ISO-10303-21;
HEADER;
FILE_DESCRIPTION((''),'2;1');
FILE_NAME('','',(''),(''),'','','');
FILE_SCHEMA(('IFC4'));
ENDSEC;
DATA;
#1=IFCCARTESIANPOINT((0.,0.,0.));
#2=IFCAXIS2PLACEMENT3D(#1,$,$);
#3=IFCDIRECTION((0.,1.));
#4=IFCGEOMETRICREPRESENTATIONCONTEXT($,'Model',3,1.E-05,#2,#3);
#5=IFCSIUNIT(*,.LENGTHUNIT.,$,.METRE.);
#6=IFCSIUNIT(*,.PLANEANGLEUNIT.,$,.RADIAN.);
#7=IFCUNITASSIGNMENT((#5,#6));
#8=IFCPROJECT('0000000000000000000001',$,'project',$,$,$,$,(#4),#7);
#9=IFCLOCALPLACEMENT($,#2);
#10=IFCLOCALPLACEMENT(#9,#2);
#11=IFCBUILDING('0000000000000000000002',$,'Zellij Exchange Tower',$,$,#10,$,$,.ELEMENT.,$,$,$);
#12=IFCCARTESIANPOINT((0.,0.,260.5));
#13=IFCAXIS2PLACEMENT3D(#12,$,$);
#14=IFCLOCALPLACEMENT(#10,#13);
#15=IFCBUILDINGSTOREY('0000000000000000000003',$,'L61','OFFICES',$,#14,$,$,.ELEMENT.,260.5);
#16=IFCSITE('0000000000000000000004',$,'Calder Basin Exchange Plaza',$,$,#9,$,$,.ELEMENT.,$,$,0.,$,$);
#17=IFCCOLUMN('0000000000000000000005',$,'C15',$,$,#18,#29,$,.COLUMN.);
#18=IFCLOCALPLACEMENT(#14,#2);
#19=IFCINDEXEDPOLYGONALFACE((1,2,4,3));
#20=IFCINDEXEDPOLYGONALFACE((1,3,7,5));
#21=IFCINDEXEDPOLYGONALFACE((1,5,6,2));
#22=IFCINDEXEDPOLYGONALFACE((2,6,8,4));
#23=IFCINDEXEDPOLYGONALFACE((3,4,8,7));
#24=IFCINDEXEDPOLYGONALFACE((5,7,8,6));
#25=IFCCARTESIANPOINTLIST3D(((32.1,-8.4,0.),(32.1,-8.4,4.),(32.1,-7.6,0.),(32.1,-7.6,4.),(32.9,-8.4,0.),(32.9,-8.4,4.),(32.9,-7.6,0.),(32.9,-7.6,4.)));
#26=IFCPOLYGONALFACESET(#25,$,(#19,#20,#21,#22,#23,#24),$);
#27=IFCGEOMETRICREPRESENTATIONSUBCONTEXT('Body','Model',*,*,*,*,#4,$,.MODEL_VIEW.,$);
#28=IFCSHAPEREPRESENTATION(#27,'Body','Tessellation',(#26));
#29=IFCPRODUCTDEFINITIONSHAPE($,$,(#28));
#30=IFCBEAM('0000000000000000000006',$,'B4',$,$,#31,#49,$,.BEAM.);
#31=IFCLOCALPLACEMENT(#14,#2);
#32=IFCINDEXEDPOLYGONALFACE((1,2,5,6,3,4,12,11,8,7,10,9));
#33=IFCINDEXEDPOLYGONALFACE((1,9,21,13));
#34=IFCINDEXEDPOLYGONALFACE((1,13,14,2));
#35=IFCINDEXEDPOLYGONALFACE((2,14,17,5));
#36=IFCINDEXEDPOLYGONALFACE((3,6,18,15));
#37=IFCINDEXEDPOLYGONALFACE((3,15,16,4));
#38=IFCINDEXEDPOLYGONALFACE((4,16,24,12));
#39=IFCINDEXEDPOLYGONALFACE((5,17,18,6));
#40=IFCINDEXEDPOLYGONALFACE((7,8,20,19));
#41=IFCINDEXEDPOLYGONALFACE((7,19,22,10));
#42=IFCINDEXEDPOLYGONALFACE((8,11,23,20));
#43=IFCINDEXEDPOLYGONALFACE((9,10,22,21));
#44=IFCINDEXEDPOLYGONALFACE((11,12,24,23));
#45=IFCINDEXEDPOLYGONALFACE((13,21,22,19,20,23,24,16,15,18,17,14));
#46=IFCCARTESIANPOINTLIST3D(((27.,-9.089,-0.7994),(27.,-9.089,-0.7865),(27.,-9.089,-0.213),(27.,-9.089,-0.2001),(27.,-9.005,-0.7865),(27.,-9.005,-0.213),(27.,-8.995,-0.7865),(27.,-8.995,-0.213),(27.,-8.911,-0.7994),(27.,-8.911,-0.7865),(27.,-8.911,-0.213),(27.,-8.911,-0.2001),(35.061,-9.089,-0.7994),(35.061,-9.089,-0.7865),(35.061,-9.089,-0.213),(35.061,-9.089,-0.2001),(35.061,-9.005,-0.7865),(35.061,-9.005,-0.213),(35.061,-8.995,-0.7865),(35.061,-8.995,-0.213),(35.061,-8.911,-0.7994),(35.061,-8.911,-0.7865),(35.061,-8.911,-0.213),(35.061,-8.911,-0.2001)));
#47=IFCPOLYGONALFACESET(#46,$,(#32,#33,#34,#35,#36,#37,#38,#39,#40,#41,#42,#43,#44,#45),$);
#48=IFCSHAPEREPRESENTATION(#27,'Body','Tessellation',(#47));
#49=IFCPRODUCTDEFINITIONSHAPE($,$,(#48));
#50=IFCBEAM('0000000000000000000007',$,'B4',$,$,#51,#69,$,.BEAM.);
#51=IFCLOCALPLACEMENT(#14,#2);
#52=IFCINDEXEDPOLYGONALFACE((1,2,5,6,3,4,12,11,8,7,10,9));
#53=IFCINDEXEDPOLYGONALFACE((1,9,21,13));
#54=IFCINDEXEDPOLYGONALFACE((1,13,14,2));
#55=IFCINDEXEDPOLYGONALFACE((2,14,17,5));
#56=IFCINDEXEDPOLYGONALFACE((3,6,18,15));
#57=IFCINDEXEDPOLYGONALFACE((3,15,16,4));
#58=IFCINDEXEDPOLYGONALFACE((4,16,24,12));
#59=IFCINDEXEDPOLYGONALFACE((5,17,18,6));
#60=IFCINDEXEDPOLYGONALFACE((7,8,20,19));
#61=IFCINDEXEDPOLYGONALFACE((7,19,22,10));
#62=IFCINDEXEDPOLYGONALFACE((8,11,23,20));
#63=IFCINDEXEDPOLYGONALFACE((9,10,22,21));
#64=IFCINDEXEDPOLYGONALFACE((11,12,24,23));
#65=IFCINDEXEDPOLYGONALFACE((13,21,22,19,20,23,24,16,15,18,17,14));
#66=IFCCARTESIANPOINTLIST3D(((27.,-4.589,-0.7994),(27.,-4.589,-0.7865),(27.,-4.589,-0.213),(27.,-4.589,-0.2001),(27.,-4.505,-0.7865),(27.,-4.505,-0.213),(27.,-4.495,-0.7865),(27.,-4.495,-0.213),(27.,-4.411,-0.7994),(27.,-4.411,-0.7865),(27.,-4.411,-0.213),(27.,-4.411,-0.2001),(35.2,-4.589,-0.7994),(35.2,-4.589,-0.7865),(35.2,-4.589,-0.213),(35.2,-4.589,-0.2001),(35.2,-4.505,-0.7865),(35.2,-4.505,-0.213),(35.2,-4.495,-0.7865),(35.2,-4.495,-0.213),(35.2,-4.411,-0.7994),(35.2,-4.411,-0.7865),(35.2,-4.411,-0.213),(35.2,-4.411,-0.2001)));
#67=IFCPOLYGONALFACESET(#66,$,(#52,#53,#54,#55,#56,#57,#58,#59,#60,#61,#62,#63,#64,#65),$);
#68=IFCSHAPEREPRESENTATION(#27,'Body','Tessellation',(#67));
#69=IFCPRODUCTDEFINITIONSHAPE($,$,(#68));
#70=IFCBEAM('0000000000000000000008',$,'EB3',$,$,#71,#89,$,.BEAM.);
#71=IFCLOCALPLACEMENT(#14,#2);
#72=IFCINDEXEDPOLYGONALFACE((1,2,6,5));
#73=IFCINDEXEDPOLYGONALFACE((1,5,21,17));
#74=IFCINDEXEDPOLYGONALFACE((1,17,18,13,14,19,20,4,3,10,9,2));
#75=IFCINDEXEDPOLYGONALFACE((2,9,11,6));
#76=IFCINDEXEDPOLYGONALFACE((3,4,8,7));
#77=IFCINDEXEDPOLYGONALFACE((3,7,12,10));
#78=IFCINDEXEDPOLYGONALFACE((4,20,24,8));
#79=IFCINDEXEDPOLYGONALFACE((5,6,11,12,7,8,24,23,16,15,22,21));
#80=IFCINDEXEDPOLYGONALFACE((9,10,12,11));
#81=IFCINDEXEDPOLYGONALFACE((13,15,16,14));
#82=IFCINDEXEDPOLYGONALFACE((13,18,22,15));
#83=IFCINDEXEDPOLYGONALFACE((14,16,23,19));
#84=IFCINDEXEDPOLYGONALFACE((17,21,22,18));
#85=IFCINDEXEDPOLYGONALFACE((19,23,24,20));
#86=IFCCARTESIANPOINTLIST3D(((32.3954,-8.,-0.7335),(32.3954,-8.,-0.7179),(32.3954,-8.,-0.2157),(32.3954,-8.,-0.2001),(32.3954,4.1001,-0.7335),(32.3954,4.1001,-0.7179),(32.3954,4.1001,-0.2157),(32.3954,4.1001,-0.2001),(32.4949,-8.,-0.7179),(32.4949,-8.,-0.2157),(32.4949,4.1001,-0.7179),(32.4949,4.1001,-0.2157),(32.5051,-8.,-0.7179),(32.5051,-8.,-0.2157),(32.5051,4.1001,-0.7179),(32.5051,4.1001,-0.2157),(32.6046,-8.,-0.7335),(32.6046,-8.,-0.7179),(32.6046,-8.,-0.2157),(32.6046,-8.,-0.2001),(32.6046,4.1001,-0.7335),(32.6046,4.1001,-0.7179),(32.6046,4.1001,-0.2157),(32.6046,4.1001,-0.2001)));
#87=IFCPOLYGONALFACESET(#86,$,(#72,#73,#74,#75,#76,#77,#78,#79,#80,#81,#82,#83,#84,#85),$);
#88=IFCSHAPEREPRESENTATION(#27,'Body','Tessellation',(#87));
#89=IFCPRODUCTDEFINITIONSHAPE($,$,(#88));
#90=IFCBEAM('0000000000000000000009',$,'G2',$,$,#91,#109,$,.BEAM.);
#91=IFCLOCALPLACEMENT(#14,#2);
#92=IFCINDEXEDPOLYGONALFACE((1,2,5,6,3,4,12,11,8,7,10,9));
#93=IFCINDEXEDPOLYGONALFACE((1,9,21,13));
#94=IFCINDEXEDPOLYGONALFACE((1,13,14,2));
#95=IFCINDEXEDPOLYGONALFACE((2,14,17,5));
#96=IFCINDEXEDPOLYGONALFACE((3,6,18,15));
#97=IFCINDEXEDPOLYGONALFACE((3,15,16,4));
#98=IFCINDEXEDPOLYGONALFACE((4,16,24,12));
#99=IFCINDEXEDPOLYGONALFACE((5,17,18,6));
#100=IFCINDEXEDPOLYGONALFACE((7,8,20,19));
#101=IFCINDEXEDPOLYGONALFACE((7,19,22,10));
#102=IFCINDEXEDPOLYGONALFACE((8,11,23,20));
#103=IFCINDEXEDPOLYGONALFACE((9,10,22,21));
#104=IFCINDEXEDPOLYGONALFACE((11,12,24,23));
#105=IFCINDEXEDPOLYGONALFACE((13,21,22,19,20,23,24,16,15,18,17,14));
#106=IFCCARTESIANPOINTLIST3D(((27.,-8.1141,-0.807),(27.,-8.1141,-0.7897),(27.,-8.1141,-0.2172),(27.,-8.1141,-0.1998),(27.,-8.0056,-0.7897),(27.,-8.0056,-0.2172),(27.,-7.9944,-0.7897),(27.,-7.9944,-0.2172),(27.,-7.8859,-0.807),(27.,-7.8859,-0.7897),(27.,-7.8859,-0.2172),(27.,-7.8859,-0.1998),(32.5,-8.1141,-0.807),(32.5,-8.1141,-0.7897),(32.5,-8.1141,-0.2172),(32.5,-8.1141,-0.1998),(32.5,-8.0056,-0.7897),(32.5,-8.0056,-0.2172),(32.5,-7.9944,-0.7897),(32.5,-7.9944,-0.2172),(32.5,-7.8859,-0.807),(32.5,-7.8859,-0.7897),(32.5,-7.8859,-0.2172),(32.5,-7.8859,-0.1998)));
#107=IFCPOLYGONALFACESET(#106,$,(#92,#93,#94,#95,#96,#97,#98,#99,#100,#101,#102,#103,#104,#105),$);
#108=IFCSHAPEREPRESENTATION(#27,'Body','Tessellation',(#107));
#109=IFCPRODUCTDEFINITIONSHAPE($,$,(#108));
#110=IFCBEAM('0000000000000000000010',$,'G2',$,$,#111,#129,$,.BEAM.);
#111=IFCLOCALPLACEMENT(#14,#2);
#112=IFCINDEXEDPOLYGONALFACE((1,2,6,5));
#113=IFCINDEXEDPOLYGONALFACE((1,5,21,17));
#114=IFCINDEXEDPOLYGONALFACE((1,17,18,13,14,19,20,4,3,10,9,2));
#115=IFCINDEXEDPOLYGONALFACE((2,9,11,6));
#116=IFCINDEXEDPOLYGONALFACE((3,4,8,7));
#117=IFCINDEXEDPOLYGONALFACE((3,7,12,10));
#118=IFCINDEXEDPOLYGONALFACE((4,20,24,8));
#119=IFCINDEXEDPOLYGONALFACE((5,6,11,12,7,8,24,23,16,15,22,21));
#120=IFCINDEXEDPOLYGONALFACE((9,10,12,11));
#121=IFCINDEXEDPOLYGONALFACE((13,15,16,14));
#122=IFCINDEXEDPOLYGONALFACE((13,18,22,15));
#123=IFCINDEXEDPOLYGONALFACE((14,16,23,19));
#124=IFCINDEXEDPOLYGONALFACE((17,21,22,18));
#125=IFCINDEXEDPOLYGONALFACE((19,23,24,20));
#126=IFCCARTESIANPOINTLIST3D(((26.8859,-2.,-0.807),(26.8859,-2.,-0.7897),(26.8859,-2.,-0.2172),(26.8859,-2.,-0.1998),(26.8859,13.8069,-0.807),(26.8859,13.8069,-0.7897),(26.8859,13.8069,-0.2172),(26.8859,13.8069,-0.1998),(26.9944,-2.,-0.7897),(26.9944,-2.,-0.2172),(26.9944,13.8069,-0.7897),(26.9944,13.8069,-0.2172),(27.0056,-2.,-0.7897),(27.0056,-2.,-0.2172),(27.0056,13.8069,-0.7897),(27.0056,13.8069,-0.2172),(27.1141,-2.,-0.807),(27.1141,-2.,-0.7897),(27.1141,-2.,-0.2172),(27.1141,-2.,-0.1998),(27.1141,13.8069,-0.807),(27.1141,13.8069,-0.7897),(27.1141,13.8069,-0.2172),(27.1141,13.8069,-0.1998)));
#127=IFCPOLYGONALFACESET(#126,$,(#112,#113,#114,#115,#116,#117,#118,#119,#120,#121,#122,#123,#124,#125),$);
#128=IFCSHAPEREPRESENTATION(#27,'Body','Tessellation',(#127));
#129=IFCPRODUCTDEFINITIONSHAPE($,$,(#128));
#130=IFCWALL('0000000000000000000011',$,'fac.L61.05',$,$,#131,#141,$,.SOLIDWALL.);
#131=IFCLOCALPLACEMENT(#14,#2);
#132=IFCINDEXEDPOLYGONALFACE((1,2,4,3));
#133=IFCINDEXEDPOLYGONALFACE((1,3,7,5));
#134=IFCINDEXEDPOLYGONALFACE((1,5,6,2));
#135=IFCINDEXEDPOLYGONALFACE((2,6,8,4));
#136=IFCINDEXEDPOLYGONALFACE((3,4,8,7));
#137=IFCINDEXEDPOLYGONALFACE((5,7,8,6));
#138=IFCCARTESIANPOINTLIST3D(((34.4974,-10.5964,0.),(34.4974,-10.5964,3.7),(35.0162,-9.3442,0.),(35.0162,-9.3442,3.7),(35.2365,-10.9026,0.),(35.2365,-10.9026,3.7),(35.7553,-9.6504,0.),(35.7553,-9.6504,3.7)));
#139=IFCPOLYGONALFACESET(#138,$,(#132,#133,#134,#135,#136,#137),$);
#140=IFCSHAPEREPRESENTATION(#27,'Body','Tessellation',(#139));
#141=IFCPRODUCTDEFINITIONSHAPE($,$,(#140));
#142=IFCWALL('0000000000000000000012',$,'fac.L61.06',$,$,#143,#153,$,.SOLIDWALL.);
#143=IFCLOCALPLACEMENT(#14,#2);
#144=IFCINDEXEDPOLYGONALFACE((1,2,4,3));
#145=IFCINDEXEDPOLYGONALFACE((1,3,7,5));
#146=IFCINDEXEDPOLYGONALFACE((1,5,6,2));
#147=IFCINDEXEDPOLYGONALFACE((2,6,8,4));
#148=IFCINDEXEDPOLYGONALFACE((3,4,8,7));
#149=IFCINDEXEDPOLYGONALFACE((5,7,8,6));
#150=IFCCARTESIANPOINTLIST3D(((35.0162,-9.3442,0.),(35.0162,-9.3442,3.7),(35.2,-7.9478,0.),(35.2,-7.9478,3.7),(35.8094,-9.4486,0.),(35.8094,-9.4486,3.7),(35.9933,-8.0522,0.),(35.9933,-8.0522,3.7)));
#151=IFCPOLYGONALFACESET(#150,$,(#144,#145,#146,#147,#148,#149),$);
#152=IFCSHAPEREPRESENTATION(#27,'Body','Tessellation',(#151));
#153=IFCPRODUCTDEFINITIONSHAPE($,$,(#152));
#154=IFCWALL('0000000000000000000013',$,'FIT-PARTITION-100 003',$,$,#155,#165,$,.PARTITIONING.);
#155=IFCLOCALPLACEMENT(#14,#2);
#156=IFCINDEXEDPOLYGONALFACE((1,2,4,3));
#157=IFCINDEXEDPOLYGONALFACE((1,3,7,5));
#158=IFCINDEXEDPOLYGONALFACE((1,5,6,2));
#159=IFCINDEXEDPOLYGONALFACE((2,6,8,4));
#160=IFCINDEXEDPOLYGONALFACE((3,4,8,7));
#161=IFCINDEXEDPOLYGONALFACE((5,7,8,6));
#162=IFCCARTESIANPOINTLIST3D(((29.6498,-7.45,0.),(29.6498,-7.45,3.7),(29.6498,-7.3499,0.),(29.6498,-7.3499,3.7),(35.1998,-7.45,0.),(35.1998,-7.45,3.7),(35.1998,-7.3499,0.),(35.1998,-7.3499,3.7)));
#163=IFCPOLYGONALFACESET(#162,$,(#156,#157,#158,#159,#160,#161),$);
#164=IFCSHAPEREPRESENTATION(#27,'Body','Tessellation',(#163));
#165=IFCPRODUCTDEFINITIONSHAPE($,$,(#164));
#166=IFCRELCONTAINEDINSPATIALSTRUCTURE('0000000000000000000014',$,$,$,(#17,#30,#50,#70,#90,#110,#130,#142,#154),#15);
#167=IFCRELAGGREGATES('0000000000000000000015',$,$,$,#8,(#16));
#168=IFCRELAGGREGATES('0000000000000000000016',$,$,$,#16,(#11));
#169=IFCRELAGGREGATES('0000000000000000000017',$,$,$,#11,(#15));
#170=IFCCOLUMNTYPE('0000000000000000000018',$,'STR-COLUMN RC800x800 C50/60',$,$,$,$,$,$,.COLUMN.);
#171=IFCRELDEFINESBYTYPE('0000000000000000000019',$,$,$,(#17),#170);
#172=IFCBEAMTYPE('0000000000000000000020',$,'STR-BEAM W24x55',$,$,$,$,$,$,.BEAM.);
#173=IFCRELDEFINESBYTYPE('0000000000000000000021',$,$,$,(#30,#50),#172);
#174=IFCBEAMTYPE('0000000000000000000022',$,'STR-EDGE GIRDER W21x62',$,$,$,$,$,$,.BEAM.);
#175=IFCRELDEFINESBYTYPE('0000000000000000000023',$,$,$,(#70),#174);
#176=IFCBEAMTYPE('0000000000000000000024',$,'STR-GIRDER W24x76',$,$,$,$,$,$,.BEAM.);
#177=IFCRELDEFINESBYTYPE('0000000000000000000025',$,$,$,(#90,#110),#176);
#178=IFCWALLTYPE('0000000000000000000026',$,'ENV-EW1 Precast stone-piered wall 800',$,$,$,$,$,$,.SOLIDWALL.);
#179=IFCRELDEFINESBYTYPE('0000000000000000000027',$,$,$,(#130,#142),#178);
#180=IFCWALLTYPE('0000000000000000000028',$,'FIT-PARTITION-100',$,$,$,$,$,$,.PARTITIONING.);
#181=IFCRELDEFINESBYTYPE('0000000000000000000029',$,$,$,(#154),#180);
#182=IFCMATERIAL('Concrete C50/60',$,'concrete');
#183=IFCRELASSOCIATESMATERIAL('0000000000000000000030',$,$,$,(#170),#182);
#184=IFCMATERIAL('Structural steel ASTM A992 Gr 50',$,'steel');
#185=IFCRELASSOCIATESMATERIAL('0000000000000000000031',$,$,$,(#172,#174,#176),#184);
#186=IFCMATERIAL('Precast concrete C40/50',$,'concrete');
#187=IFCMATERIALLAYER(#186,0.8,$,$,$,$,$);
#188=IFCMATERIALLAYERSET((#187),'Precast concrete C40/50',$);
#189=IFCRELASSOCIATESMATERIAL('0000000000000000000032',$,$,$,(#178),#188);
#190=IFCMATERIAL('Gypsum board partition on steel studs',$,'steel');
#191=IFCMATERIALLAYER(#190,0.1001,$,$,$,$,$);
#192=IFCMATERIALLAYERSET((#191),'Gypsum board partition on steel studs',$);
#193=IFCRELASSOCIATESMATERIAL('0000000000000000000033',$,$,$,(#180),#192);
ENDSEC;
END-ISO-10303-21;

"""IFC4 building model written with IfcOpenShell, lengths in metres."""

from ifc_helpers import new_model, si_unit, direction, frame, frame_2d, origin, origin_2d, place, context, subcontext, project, spatial, rectangle, i_section, extrude, material, layer, layer_set, material_profile, profile_set, type_object, element, save


model = new_model("IFC4")

# Units and contexts
model_context = context("Model", 3, precision=1e-05, world=origin(), true_north=direction((0.0, 1.0)))
body_context = subcontext(model_context, "Body", "Model", "MODEL_VIEW")
ifc_project = project(units=[si_unit("LENGTHUNIT", "METRE"), si_unit("PLANEANGLEUNIT", "RADIAN")], contexts=[model_context])

# Site, building, storey
site_placement = place(None, origin())
site = spatial("IfcSite", under=ifc_project, at=site_placement, Name="Calder Basin Exchange Plaza", CompositionType="ELEMENT", RefElevation=0.0)
building_placement = place(site_placement, origin())
building = spatial("IfcBuilding", under=site, at=building_placement, Name="Zellij Exchange Tower", CompositionType="ELEMENT")
storey_placement = place(building_placement, frame((0.0, 0.0, 260.5)))
storey = spatial("IfcBuildingStorey", under=building, at=storey_placement, Name="L61", Description="OFFICES", CompositionType="ELEMENT", Elevation=260.5)

# Column
ifc_material_1 = material(Name="Concrete C50/60", Category="concrete")
ifc_material_profile_1 = material_profile(ifc_material_1, rectangle(XDim=0.8, YDim=0.8, at=origin_2d()), Name="STR-COLUMN RC800x800 C50/60")
ifc_profile_set_1 = profile_set([ifc_material_profile_1], Name="Concrete C50/60")
column_type = type_object("IfcColumnType", Name="STR-COLUMN RC800x800 C50/60", PredefinedType="COLUMN", material=ifc_profile_set_1)
column_placement = place(storey_placement, frame((32.5, -8.0, 0.0), z_axis=(0.0, 0.0, 1.0), x_axis=(1.0, 0.0, 0.0)))
element("IfcColumn", 1, at=column_placement, inside=storey, type_object=column_type, Name="C15", PredefinedType="COLUMN", context=body_context, shape_type="SweptSolid", body=[
    extrude(rectangle(XDim=0.8, YDim=0.8, at=origin_2d()), origin(), (0.0, 0.0, 1.0), 4.0),
])

# Beams
ifc_material_2 = material(Name="Structural steel ASTM A992 Gr 50", Category="steel")
ifc_material_profile_2 = material_profile(ifc_material_2, i_section(OverallWidth=0.178, OverallDepth=0.5994, WebThickness=0.01, FlangeThickness=0.0129, at=origin_2d()), Name="W24x55")
ifc_profile_set_2 = profile_set([ifc_material_profile_2], Name="Structural steel ASTM A992 Gr 50")
beam_type_1 = type_object("IfcBeamType", Name="STR-BEAM W24x55", PredefinedType="BEAM", material=ifc_profile_set_2)
beam_1_placement = place(storey_placement, frame((27.0, -9.0, -0.4998), z_axis=(1.0, 0.0, 0.0), x_axis=(0.0, 1.0, 0.0)))
element("IfcBeam", 2, at=beam_1_placement, inside=storey, type_object=beam_type_1, Name="B4", PredefinedType="BEAM", context=body_context, shape_type="SweptSolid", body=[
    extrude(i_section(OverallWidth=0.178, OverallDepth=0.5994, WebThickness=0.01, FlangeThickness=0.0129, at=origin_2d()), origin(), (0.0, 0.0, 1.0), 8.061),
])
beam_2_placement = place(storey_placement, frame((27.0, -4.5, -0.4998), z_axis=(1.0, 0.0, 0.0), x_axis=(0.0, 1.0, 0.0)))
element("IfcBeam", 3, at=beam_2_placement, inside=storey, type_object=beam_type_1, Name="B4", PredefinedType="BEAM", context=body_context, shape_type="SweptSolid", body=[
    extrude(i_section(OverallWidth=0.178, OverallDepth=0.5994, WebThickness=0.01, FlangeThickness=0.0129, at=origin_2d()), origin(), (0.0, 0.0, 1.0), 8.2),
])
ifc_material_profile_3 = material_profile(ifc_material_2, i_section(OverallWidth=0.2092, OverallDepth=0.5334, WebThickness=0.0103, FlangeThickness=0.0156, at=origin_2d()), Name="W21x62")
ifc_profile_set_3 = profile_set([ifc_material_profile_3], Name="Structural steel ASTM A992 Gr 50")
beam_type_2 = type_object("IfcBeamType", Name="STR-EDGE GIRDER W21x62", PredefinedType="BEAM", material=ifc_profile_set_3)
beam_3_placement = place(storey_placement, frame((32.5, -8.0, -0.4668), z_axis=(0.0, 1.0, 0.0), x_axis=(-1.0, 0.0, 0.0)))
element("IfcBeam", 4, at=beam_3_placement, inside=storey, type_object=beam_type_2, Name="EB3", PredefinedType="BEAM", context=body_context, shape_type="SweptSolid", body=[
    extrude(i_section(OverallWidth=0.2092, OverallDepth=0.5334, WebThickness=0.0103, FlangeThickness=0.0156, at=origin_2d()), origin(), (0.0, 0.0, 1.0), 12.1001),
])
ifc_material_profile_4 = material_profile(ifc_material_2, i_section(OverallWidth=0.2283, OverallDepth=0.6072, WebThickness=0.0112, FlangeThickness=0.0173, at=origin_2d()), Name="W24x76")
ifc_profile_set_4 = profile_set([ifc_material_profile_4], Name="Structural steel ASTM A992 Gr 50")
beam_type_3 = type_object("IfcBeamType", Name="STR-GIRDER W24x76", PredefinedType="BEAM", material=ifc_profile_set_4)
beam_4_placement = place(storey_placement, frame((27.0, -8.0, -0.5034), z_axis=(1.0, 0.0, 0.0), x_axis=(0.0, 1.0, 0.0)))
element("IfcBeam", 5, at=beam_4_placement, inside=storey, type_object=beam_type_3, Name="G2", PredefinedType="BEAM", context=body_context, shape_type="SweptSolid", body=[
    extrude(i_section(OverallWidth=0.2283, OverallDepth=0.6072, WebThickness=0.0112, FlangeThickness=0.0173, at=origin_2d()), origin(), (0.0, 0.0, 1.0), 5.5),
])
beam_5_placement = place(storey_placement, frame((27.0, -2.0, -0.5034), z_axis=(0.0, 1.0, 0.0), x_axis=(-1.0, 0.0, 0.0)))
element("IfcBeam", 6, at=beam_5_placement, inside=storey, type_object=beam_type_3, Name="G2", PredefinedType="BEAM", context=body_context, shape_type="SweptSolid", body=[
    extrude(i_section(OverallWidth=0.2283, OverallDepth=0.6072, WebThickness=0.0112, FlangeThickness=0.0173, at=origin_2d()), origin(), (0.0, 0.0, 1.0), 15.8069),
])

# Walls
ifc_material_3 = material(Name="Precast concrete C40/50", Category="concrete")
ifc_layer_1 = layer(ifc_material_3, 0.8)
ifc_layer_set_1 = layer_set([ifc_layer_1], Name="Precast concrete C40/50")
wall_type_1 = type_object("IfcWallType", Name="ENV-EW1 Precast stone-piered wall 800", PredefinedType="SOLIDWALL", material=ifc_layer_set_1)
wall_1_placement = place(storey_placement, frame((34.8669, -10.7495, 0.0), z_axis=(0.0, 0.0, 1.0), x_axis=(0.38276, 0.923848, 0.0)))
element("IfcWall", 7, at=wall_1_placement, inside=storey, type_object=wall_type_1, Name="fac.L61.05", PredefinedType="SOLIDWALL", context=body_context, shape_type="SweptSolid", body=[
    extrude(rectangle(XDim=1.3555, YDim=0.8, at=frame_2d((0.6777, 0.0))), origin(), (0.0, 0.0, 1.0), 3.7),
])
wall_2_placement = place(storey_placement, frame((35.4128, -9.3962, 0.0), z_axis=(0.0, 0.0, 1.0), x_axis=(0.130517, 0.991446, 0.0)))
element("IfcWall", 8, at=wall_2_placement, inside=storey, type_object=wall_type_1, Name="fac.L61.06", PredefinedType="SOLIDWALL", context=body_context, shape_type="SweptSolid", body=[
    extrude(rectangle(XDim=1.4084, YDim=0.8, at=frame_2d((0.7041, 0.0))), origin(), (0.0, 0.0, 1.0), 3.7),
])

# Wall
ifc_material_4 = material(Name="Gypsum board partition on steel studs", Category="steel")
ifc_layer_2 = layer(ifc_material_4, 0.1001)
ifc_layer_set_2 = layer_set([ifc_layer_2], Name="Gypsum board partition on steel studs")
wall_type_2 = type_object("IfcWallType", Name="FIT-PARTITION-100", PredefinedType="PARTITIONING", material=ifc_layer_set_2)
wall_3_placement = place(storey_placement, frame((29.6499, -7.3999, 0.0), z_axis=(0.0, 0.0, 1.0), x_axis=(1.0, 0.0, 0.0)))
element("IfcWall", 9, at=wall_3_placement, inside=storey, type_object=wall_type_2, Name="FIT-PARTITION-100 003", PredefinedType="PARTITIONING", context=body_context, shape_type="SweptSolid", body=[
    extrude(rectangle(XDim=5.55, YDim=0.1001, at=frame_2d((2.7749, 0.0))), origin(), (0.0, 0.0, 1.0), 3.7),
])

save(model, "model.ifc")
